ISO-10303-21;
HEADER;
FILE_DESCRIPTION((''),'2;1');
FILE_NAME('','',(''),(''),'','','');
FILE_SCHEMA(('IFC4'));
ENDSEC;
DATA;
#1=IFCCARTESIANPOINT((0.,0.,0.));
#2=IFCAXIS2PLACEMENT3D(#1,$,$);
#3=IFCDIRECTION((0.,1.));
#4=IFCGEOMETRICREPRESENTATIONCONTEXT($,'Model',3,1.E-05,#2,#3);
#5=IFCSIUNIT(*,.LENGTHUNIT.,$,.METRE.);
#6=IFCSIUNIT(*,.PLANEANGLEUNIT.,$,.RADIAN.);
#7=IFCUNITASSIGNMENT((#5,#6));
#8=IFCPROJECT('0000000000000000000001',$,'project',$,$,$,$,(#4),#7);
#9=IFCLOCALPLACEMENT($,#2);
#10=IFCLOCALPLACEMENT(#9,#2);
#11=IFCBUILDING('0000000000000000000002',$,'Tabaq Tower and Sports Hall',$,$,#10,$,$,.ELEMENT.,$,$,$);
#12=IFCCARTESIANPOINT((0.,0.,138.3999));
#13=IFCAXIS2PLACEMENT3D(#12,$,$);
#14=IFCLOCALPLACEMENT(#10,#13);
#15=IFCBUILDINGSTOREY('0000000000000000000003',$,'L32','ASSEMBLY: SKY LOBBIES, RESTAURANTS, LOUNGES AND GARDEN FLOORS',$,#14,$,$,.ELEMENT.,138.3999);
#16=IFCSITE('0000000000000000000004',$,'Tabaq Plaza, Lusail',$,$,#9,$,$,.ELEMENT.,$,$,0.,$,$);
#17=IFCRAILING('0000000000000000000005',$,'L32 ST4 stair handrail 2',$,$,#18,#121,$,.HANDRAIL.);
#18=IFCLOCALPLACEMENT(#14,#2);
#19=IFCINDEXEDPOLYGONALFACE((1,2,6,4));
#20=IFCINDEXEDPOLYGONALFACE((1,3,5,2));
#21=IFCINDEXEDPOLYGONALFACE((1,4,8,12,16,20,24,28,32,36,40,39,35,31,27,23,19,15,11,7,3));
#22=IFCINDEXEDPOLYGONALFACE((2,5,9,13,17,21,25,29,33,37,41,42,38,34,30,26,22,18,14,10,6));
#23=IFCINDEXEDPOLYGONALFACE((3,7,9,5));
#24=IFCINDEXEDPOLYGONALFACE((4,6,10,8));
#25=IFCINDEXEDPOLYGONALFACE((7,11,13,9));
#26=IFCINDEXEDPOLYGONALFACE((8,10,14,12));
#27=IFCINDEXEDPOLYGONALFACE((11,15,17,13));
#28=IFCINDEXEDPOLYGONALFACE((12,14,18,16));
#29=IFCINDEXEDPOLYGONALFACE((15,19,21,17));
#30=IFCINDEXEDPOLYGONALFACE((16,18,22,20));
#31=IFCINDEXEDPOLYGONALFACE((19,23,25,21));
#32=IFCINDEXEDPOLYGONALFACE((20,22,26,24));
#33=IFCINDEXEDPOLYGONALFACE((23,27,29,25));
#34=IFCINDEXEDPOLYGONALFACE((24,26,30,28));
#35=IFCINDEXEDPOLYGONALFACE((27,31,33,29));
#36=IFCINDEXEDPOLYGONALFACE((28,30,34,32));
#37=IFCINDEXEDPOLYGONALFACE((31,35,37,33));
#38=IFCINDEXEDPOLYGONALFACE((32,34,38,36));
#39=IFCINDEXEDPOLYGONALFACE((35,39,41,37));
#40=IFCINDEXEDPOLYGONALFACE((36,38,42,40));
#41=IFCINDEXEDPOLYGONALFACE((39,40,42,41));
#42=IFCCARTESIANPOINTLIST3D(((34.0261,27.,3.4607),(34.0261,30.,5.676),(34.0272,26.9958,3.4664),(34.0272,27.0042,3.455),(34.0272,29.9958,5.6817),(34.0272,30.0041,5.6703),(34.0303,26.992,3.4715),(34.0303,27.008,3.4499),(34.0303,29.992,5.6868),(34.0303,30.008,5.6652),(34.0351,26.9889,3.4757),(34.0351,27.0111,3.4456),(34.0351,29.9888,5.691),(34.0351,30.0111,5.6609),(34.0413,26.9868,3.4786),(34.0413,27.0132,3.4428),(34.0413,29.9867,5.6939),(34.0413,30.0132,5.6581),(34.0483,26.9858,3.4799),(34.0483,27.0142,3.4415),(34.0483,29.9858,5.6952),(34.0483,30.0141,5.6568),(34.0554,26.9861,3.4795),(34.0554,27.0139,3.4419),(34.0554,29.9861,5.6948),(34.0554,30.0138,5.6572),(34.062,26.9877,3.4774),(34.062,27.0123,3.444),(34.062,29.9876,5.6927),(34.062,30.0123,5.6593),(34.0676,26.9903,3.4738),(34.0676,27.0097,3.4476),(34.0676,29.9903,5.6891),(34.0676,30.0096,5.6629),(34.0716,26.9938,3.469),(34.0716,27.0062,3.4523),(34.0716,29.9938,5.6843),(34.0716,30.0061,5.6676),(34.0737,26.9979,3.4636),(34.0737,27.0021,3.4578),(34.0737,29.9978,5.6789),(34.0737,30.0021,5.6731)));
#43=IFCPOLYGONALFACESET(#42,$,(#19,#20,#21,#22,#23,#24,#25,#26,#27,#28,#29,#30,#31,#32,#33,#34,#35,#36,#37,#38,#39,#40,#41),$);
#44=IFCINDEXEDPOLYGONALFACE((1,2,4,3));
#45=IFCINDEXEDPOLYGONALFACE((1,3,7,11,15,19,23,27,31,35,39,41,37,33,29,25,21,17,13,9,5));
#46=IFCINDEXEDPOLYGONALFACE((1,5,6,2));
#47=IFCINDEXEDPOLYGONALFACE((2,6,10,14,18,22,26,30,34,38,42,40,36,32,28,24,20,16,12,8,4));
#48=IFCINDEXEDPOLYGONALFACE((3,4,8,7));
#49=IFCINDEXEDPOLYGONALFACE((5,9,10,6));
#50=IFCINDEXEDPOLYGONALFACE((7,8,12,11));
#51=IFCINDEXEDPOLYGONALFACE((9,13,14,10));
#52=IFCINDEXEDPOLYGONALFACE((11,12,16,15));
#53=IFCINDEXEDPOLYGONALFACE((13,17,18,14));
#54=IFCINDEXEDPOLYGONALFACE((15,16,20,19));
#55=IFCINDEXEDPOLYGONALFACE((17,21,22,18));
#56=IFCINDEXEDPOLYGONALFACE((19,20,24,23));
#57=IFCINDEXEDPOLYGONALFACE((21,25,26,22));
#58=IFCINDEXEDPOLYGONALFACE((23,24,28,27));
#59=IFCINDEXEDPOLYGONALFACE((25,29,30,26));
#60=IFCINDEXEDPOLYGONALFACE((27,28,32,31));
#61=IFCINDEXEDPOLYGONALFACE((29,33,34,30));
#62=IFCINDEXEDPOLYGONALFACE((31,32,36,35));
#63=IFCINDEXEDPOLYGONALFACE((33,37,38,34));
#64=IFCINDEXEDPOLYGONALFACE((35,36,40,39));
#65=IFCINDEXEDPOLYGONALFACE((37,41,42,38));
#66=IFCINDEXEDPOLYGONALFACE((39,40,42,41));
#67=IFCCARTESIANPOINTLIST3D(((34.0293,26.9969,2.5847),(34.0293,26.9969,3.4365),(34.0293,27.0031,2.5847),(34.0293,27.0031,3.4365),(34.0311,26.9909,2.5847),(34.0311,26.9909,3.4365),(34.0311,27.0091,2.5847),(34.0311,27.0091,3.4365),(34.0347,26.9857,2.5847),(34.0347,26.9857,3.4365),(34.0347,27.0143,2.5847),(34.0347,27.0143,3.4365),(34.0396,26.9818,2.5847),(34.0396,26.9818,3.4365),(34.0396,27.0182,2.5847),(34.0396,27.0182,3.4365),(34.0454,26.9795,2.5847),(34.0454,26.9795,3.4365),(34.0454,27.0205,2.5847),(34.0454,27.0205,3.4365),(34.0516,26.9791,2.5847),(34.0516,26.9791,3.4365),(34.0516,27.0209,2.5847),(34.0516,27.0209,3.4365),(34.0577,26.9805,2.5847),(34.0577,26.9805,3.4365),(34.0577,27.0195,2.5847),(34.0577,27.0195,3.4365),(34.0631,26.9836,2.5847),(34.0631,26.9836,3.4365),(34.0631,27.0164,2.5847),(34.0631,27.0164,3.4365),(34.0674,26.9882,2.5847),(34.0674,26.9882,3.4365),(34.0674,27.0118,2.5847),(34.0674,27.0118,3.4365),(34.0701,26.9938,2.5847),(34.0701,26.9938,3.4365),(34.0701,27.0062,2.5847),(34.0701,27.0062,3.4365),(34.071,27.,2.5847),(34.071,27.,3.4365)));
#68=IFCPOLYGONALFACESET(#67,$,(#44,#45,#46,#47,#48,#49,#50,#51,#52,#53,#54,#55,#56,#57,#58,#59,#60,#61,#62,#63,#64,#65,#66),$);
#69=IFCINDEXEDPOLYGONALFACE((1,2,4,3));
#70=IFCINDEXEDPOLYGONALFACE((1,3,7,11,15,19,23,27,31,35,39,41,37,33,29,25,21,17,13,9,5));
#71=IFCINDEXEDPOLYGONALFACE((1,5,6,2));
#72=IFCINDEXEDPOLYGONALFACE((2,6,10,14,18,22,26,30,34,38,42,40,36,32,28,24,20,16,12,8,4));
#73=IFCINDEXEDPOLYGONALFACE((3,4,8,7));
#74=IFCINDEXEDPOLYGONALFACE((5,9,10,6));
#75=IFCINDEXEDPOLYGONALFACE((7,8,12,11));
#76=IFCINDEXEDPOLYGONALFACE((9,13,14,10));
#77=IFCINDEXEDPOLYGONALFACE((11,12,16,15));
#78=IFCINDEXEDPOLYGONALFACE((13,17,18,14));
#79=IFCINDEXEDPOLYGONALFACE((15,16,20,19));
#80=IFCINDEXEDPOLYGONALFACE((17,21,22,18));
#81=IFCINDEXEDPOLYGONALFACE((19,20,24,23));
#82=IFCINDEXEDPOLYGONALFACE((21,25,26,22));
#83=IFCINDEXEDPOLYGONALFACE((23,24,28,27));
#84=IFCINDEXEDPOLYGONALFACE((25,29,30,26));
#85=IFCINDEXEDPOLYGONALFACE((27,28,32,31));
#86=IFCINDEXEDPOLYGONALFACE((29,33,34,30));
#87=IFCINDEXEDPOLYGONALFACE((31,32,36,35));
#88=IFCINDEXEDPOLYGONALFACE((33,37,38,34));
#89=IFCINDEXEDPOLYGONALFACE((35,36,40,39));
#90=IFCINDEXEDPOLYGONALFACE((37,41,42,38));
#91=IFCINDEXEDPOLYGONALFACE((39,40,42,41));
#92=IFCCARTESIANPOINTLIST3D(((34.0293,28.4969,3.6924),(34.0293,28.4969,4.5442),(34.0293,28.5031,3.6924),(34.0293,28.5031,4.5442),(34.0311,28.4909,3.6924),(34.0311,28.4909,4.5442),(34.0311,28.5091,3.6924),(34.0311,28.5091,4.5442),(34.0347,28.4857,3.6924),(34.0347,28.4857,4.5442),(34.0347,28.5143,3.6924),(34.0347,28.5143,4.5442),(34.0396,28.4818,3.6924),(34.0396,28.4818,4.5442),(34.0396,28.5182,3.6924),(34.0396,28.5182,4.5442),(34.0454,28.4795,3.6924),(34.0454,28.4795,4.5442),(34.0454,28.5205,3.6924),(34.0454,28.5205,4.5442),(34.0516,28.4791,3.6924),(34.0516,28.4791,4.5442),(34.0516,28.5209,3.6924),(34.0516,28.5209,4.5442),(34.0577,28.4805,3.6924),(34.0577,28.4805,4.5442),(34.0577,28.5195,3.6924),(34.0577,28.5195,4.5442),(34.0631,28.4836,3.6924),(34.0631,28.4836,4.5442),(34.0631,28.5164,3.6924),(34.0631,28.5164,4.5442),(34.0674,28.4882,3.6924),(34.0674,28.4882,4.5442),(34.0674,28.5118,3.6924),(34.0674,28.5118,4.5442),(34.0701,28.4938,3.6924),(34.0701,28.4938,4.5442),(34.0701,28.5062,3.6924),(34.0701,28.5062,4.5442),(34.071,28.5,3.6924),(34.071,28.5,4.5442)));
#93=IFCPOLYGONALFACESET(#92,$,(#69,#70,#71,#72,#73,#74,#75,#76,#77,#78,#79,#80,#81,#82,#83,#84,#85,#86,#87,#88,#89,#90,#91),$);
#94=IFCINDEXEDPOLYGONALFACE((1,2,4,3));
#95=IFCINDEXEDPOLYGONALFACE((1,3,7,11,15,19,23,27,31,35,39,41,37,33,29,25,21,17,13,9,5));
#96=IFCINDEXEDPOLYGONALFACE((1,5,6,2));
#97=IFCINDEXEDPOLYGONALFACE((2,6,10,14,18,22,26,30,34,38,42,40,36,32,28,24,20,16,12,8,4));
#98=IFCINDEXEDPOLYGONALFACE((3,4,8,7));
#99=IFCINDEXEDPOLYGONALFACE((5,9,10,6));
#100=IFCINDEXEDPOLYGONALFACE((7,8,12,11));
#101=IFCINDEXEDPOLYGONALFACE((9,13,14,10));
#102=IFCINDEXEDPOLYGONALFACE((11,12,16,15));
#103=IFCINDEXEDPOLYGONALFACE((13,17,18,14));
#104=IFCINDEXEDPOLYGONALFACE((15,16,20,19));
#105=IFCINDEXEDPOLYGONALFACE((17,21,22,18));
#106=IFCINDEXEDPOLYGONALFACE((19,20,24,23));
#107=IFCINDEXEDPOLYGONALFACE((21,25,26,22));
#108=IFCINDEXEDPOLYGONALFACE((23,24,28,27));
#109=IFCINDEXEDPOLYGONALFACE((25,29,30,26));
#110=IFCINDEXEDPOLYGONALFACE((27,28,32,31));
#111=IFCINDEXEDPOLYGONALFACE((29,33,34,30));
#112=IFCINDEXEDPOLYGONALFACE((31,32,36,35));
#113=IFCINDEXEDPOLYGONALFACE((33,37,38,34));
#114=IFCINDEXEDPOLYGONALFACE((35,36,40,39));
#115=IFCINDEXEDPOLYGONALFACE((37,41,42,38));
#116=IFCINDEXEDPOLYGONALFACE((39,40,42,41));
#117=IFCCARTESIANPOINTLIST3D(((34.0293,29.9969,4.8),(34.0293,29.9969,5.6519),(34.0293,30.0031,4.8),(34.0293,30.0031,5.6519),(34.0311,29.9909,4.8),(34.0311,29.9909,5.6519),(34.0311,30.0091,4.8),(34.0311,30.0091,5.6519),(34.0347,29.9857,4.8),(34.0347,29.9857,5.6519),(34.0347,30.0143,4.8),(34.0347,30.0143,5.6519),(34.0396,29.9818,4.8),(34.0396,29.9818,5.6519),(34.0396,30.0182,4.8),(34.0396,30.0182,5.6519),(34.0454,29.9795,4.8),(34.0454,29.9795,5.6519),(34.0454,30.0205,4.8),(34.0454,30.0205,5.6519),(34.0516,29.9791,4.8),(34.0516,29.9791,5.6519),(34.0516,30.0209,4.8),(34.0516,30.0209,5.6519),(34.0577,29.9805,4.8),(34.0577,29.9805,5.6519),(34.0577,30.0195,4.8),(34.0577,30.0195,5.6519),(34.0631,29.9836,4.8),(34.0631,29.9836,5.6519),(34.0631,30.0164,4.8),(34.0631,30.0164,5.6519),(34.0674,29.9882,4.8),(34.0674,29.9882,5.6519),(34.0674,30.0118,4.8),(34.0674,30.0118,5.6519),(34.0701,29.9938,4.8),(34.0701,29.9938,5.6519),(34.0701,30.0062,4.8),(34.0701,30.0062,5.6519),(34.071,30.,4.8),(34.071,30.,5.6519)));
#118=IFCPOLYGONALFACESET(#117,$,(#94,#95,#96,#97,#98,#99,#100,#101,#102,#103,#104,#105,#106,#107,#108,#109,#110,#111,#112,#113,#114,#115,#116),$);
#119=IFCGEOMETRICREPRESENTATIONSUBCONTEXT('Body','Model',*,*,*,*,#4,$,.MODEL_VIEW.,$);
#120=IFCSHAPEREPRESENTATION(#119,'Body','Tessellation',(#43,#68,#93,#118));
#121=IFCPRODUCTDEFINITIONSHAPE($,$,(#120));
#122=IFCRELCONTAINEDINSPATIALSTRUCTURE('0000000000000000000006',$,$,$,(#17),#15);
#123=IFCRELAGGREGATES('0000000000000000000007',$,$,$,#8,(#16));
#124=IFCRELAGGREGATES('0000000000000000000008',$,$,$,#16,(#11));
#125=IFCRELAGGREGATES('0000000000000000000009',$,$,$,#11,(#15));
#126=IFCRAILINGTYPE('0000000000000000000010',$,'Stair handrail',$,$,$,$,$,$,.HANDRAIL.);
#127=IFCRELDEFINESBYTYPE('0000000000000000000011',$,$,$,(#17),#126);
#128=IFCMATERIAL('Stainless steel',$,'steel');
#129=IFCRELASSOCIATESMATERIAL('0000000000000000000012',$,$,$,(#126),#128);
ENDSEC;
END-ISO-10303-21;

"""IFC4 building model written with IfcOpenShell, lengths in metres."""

from ifc_helpers import new_model, si_unit, direction, frame, origin, origin_2d, place, context, subcontext, project, spatial, circle, extrude, material, type_object, element, save


model = new_model("IFC4")

# Units and contexts
model_context = context("Model", 3, precision=1e-05, world=origin(), true_north=direction((0.0, 1.0)))
body_context = subcontext(model_context, "Body", "Model", "MODEL_VIEW")
ifc_project = project(units=[si_unit("LENGTHUNIT", "METRE"), si_unit("PLANEANGLEUNIT", "RADIAN")], contexts=[model_context])

# Site, building, storey
site_placement = place(None, origin())
site = spatial("IfcSite", under=ifc_project, at=site_placement, Name="Tabaq Plaza, Lusail", CompositionType="ELEMENT", RefElevation=0.0)
building_placement = place(site_placement, origin())
building = spatial("IfcBuilding", under=site, at=building_placement, Name="Tabaq Tower and Sports Hall", CompositionType="ELEMENT")
storey_placement = place(building_placement, frame((0.0, 0.0, 138.3999)))
storey = spatial("IfcBuildingStorey", under=building, at=storey_placement, Name="L32", Description="ASSEMBLY: SKY LOBBIES, RESTAURANTS, LOUNGES AND GARDEN FLOORS", CompositionType="ELEMENT", Elevation=138.3999)

# Railing
ifc_material_1 = material(Name="Stainless steel", Category="steel")
railing_type_1 = type_object("IfcRailingType", Name="Stair handrail", PredefinedType="HANDRAIL", material=ifc_material_1)
railing_1_placement = place(storey_placement, frame((34.05, 27.0, 2.5847)))
element("IfcRailing", 1, at=railing_1_placement, inside=storey, type_object=railing_type_1, Name="L32 ST4 stair handrail 2", PredefinedType="HANDRAIL", context=body_context, shape_type="SweptSolid", body=[
    extrude(circle(Radius=0.0239, at=origin_2d()), frame((0.0, 0.0, 0.876), z_axis=(0.0, 0.80444, 0.594034), x_axis=(-1.0, 0.0, 0.0)), (0.0, 0.0, 1.0), 3.7292),
    extrude(circle(Radius=0.021, at=origin_2d()), origin(), (0.0, 0.0, 1.0), 0.8518),
    extrude(circle(Radius=0.021, at=origin_2d()), frame((0.0, 1.5, 1.1077)), (0.0, 0.0, 1.0), 0.8518),
    extrude(circle(Radius=0.021, at=origin_2d()), frame((0.0, 3.0, 2.2153)), (0.0, 0.0, 1.0), 0.8518),
])

save(model, "model.ifc")
